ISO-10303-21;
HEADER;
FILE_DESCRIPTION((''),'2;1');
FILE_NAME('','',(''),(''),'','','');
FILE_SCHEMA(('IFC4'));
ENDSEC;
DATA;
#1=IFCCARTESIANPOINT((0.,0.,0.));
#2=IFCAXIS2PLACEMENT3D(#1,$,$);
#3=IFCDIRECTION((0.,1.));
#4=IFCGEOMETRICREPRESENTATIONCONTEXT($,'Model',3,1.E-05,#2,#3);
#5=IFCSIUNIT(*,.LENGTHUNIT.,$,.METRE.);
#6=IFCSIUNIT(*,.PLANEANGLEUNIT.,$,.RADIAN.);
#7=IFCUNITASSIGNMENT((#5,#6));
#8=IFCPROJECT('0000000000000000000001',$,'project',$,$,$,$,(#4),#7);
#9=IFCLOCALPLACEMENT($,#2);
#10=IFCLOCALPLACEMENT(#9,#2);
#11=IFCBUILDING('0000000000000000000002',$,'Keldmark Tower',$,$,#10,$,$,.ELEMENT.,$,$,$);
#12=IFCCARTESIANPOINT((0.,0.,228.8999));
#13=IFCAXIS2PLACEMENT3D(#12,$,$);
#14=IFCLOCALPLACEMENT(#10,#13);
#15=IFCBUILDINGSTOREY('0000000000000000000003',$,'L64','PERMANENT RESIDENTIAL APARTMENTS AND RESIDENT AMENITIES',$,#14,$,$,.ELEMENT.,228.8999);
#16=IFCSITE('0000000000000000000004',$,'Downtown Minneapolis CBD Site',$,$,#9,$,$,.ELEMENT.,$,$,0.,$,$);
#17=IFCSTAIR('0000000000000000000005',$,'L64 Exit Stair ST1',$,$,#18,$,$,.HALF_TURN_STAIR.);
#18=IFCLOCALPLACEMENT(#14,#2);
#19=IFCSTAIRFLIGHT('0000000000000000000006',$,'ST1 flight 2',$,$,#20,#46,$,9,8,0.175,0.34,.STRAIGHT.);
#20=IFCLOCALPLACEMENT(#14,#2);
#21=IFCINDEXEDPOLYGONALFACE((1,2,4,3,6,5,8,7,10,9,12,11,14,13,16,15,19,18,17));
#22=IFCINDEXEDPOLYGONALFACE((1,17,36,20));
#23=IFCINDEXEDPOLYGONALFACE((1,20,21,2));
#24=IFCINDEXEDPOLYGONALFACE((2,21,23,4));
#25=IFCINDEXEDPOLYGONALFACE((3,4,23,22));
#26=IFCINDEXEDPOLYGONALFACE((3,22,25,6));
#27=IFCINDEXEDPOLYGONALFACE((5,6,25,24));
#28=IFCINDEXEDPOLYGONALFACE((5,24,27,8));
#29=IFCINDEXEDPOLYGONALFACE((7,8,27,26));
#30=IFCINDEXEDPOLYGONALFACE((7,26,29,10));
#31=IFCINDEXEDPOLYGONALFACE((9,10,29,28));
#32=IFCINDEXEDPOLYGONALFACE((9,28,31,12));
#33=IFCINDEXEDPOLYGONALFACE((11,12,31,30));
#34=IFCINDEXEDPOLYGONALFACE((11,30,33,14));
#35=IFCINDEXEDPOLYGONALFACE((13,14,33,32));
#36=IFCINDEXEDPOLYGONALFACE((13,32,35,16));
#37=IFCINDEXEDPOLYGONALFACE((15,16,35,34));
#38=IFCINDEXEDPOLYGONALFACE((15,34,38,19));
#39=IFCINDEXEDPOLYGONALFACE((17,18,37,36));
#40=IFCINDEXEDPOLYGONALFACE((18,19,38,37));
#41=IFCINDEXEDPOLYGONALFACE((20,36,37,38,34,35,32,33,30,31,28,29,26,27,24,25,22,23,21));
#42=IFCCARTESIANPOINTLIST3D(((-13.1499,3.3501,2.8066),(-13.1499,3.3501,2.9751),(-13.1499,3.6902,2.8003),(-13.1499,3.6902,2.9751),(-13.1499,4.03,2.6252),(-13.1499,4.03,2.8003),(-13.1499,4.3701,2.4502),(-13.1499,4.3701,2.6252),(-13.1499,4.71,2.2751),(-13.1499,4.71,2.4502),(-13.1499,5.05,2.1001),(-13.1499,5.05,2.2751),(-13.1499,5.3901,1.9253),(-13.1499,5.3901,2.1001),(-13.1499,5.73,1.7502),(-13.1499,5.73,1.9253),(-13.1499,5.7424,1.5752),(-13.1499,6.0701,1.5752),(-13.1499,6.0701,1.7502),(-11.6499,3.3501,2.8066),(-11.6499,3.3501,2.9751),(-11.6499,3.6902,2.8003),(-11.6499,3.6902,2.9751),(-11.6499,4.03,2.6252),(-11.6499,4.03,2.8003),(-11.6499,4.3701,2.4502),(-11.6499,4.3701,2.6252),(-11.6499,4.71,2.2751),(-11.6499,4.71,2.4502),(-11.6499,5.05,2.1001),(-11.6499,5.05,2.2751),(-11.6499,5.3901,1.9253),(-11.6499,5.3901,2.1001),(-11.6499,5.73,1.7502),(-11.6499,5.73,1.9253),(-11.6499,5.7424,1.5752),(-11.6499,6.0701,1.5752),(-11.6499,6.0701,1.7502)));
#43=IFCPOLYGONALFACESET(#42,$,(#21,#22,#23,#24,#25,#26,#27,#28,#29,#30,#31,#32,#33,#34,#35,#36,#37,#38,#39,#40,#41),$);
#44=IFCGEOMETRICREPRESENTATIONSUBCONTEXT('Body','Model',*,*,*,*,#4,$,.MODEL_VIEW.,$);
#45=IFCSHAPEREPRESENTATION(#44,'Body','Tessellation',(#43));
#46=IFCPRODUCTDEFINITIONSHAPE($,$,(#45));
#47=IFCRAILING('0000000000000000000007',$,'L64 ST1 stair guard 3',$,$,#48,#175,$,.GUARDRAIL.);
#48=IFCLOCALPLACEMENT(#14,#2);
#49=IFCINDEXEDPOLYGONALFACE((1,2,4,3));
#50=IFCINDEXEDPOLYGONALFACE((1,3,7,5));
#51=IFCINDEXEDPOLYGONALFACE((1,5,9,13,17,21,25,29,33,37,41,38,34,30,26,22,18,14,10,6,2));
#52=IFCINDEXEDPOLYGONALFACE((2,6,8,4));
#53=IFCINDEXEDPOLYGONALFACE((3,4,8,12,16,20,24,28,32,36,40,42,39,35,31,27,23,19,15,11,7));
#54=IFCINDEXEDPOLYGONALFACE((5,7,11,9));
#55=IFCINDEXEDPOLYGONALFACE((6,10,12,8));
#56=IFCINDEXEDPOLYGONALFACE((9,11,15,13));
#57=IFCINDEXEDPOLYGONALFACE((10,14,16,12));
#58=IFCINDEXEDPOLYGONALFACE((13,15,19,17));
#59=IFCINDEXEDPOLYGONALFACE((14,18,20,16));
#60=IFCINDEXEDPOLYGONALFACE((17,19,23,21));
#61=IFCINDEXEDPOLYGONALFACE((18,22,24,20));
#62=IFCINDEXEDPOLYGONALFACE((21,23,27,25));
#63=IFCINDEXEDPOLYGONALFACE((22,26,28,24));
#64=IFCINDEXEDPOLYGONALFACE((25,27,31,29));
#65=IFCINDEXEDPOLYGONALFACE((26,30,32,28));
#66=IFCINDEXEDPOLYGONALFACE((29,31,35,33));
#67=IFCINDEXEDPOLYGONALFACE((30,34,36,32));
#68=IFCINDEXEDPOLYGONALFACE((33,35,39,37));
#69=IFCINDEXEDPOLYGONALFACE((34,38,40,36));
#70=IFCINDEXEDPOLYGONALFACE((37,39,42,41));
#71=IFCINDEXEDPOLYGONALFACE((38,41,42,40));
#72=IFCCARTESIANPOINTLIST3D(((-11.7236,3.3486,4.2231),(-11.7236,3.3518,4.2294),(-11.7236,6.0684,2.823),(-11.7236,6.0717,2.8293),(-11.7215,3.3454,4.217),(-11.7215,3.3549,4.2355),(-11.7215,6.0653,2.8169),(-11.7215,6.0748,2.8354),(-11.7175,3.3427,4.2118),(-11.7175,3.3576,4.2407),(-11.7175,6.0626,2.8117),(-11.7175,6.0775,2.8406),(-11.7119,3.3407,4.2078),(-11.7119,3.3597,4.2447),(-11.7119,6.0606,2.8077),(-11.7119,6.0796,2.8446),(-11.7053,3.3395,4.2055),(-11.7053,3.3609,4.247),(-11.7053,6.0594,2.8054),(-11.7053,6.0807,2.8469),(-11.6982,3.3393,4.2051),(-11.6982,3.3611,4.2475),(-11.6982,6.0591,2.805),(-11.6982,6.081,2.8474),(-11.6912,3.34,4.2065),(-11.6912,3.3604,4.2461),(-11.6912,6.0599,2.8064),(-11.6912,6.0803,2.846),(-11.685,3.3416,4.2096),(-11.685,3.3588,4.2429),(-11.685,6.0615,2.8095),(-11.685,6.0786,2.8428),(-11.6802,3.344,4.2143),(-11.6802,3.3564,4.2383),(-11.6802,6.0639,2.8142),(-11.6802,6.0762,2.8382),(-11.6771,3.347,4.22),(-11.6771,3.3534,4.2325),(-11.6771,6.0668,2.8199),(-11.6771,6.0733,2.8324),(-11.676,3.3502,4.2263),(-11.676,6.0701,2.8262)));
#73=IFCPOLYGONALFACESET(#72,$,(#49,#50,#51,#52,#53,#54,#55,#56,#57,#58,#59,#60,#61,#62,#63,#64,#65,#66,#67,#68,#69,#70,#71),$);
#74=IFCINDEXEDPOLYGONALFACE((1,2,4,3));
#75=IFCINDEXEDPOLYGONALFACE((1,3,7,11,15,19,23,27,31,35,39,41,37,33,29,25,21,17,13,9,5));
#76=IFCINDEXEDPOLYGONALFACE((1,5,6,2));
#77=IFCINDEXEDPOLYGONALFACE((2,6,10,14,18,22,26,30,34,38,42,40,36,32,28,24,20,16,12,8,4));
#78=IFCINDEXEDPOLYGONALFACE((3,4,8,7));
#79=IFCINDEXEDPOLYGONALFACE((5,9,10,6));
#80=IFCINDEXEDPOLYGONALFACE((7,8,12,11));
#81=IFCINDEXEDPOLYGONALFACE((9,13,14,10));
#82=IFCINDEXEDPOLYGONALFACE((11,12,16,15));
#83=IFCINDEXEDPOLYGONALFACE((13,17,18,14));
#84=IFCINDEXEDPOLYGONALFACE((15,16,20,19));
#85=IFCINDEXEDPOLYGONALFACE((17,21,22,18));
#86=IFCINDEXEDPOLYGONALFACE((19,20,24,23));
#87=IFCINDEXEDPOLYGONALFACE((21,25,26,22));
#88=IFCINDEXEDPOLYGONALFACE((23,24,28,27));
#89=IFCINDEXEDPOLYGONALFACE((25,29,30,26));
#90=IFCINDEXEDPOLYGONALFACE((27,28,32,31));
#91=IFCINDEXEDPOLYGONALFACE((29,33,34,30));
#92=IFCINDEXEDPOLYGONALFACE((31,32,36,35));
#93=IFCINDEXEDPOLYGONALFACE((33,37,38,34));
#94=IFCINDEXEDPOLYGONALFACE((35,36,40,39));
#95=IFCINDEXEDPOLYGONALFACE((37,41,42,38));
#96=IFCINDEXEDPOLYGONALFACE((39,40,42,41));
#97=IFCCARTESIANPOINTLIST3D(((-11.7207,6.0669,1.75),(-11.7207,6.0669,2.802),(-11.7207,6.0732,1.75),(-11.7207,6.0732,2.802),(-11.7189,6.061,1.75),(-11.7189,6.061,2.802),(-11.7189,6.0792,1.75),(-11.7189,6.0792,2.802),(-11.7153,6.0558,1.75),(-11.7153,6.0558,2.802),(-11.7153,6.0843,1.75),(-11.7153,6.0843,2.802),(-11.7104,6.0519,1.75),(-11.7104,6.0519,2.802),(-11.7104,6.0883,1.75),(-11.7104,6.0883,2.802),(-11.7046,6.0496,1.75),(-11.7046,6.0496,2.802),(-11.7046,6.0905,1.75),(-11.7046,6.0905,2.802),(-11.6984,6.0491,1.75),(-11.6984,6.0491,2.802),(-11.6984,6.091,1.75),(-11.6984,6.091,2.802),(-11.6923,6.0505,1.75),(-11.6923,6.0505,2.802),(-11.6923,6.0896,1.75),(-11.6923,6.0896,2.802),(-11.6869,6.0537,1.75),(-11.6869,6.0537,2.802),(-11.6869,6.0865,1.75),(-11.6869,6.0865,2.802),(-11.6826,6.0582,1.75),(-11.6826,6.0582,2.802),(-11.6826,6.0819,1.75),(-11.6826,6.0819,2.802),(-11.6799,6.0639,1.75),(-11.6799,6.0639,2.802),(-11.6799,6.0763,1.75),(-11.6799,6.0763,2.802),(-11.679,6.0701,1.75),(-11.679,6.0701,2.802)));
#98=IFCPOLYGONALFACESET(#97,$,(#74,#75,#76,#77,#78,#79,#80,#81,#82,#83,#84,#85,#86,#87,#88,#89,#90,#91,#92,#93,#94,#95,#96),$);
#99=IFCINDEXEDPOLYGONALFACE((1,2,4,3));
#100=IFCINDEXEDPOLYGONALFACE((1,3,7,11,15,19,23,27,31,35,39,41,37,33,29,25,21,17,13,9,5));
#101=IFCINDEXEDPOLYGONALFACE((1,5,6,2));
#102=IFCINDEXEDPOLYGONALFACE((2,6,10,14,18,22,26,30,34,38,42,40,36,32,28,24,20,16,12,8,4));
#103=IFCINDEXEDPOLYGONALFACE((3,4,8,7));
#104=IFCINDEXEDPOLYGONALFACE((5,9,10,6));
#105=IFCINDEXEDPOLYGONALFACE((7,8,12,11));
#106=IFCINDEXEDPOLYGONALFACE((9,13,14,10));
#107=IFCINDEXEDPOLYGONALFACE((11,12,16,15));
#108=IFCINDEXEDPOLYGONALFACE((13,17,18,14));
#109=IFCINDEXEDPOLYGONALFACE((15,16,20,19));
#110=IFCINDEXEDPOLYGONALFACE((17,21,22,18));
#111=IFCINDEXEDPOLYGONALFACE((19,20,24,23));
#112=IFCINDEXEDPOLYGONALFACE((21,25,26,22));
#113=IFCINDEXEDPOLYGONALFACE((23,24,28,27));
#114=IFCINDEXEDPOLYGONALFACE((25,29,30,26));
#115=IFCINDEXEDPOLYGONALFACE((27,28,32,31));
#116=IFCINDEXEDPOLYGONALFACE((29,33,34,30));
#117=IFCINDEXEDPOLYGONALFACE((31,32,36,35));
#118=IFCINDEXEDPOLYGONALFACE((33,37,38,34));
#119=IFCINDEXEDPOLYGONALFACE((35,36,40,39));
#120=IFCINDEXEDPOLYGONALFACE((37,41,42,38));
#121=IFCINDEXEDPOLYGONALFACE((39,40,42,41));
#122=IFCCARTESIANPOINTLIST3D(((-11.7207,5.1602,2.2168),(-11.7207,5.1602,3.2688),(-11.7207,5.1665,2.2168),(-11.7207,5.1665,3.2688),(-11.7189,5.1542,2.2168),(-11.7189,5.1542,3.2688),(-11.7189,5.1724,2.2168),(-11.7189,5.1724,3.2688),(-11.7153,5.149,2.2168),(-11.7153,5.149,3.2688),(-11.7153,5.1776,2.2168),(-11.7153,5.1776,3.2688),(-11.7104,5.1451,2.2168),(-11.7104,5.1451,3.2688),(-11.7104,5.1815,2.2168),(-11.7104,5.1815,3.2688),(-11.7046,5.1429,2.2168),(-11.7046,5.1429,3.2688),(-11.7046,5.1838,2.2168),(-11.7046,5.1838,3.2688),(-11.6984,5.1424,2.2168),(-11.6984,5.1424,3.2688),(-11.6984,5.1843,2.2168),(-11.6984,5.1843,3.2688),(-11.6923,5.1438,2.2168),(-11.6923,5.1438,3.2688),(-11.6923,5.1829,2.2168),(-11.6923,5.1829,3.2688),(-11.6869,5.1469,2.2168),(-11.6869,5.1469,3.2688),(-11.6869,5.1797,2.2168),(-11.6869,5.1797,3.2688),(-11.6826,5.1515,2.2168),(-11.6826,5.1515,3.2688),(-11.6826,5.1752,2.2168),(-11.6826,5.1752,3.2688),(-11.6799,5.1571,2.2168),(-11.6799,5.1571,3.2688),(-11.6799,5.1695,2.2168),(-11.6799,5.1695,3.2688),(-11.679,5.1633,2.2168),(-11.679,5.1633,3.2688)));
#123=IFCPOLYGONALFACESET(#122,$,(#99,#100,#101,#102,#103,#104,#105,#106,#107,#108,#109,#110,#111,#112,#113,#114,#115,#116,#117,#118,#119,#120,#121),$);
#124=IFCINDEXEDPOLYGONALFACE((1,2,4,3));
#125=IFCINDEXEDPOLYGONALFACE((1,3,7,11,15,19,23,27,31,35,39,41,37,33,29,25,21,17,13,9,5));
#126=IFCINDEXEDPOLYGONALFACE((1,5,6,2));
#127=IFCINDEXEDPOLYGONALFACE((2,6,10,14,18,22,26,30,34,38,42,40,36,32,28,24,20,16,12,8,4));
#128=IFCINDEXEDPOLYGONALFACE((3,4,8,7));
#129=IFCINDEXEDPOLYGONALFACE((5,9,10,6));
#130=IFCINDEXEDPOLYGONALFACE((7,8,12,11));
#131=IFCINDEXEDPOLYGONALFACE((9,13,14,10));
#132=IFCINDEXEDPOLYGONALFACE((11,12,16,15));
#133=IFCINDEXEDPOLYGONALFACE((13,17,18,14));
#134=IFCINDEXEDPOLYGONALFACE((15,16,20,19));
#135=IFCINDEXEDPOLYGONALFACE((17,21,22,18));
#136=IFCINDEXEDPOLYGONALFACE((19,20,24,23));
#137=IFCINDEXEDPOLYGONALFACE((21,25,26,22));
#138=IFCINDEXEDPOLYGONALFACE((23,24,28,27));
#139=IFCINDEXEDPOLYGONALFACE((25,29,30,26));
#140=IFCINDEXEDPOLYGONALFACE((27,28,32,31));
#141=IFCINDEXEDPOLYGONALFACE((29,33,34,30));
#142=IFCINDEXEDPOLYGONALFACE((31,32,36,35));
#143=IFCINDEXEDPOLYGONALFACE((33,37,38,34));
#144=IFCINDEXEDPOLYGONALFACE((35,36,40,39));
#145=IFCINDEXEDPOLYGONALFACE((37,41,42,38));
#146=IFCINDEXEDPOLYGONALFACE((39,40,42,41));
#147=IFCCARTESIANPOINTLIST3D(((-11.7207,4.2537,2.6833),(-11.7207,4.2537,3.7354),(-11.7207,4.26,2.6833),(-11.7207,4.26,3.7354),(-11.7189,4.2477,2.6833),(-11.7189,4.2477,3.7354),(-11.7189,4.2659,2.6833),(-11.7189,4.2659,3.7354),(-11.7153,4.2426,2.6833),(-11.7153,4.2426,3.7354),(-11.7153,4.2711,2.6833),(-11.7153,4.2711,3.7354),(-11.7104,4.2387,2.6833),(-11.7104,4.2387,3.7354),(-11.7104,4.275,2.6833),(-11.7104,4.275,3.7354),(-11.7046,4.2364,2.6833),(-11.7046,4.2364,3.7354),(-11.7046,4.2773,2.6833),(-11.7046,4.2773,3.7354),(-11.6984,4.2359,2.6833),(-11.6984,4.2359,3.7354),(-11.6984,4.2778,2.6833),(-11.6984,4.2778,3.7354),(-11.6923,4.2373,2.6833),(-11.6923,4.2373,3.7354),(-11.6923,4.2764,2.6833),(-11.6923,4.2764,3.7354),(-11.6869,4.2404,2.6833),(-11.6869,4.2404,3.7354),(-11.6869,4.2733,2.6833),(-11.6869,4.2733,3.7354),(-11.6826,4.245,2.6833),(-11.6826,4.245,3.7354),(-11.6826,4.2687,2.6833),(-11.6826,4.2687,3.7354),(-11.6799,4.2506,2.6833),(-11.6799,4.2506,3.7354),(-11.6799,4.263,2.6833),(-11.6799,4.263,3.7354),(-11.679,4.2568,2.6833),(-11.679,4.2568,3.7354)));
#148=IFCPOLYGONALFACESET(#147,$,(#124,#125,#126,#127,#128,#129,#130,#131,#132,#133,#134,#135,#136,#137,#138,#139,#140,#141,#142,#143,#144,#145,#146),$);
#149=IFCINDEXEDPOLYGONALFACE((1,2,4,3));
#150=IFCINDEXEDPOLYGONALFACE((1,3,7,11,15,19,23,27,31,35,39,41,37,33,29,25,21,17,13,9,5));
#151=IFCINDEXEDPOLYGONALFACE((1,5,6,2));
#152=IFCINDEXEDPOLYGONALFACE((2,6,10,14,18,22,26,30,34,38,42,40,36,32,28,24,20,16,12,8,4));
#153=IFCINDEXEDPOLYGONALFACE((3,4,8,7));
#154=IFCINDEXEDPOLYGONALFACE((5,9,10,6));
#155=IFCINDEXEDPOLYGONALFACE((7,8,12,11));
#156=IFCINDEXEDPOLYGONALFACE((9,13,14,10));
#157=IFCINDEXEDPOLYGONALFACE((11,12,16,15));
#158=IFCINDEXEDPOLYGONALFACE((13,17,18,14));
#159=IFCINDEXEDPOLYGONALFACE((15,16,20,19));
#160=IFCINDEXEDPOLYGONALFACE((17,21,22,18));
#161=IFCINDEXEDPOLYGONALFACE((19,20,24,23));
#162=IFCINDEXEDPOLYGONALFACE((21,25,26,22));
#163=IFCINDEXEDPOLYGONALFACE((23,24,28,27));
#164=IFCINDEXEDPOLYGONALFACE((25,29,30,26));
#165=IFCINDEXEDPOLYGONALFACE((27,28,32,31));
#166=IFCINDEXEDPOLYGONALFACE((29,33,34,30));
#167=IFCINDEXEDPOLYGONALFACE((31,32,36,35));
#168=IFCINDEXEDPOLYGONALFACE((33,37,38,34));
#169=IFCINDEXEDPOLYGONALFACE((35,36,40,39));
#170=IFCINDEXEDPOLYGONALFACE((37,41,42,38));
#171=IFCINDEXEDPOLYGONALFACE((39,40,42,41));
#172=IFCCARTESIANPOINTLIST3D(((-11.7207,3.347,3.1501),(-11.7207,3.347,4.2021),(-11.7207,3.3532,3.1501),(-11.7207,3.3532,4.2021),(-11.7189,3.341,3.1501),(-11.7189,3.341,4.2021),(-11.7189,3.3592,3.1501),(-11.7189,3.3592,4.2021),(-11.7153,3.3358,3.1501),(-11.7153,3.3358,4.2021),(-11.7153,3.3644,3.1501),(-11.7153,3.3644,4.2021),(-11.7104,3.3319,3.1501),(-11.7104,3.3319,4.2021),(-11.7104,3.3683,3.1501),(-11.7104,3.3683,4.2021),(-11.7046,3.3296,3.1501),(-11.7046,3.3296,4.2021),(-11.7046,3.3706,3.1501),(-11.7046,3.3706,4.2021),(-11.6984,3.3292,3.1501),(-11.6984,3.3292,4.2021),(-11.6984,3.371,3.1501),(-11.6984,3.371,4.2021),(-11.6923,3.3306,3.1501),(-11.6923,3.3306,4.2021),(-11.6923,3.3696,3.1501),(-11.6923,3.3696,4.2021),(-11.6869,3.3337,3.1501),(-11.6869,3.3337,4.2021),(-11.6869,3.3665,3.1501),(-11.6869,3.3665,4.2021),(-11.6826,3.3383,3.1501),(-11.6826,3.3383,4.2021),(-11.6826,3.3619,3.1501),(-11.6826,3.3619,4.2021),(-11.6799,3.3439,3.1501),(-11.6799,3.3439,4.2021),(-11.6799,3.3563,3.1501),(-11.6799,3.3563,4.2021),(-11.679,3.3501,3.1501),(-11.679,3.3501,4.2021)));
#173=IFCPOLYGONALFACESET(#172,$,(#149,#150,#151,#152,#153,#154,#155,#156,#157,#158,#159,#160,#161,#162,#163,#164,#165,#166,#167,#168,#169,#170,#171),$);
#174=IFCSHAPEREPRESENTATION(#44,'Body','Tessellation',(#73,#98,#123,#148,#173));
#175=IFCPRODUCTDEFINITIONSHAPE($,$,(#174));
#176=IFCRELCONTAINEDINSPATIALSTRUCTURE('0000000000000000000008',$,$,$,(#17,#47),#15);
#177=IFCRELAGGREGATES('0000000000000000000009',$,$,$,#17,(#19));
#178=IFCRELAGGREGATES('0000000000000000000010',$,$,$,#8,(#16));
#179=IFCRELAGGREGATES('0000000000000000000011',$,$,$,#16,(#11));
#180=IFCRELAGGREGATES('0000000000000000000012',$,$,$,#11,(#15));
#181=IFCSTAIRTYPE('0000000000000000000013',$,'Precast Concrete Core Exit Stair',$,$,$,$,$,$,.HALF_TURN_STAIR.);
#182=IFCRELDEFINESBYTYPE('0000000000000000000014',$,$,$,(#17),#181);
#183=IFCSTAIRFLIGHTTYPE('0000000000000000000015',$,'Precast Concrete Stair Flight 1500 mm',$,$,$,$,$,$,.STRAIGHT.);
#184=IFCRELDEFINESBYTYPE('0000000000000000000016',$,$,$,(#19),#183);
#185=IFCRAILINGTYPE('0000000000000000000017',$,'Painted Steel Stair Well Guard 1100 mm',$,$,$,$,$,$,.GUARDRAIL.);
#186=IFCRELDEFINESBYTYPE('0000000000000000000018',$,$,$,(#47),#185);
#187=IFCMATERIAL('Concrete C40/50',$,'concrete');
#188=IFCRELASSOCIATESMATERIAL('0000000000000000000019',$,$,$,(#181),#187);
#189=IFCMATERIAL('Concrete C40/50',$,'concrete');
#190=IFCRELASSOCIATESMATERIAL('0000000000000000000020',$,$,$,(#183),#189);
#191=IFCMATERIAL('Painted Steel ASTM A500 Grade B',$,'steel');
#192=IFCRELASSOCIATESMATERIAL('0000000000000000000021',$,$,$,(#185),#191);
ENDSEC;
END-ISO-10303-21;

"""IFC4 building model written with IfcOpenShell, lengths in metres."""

from ifc_helpers import new_model, si_unit, direction, frame, origin, origin_2d, place, context, subcontext, project, spatial, polyline, circle, outline, extrude, material, type_object, element, aggregate, save


model = new_model("IFC4")

# Units and contexts
model_context = context("Model", 3, precision=1e-05, world=origin(), true_north=direction((0.0, 1.0)))
body_context = subcontext(model_context, "Body", "Model", "MODEL_VIEW")
ifc_project = project(units=[si_unit("LENGTHUNIT", "METRE"), si_unit("PLANEANGLEUNIT", "RADIAN")], contexts=[model_context])

# Site, building, storey
site_placement = place(None, origin())
site = spatial("IfcSite", under=ifc_project, at=site_placement, Name="Downtown Minneapolis CBD Site", CompositionType="ELEMENT", RefElevation=0.0)
building_placement = place(site_placement, origin())
building = spatial("IfcBuilding", under=site, at=building_placement, Name="Keldmark Tower", CompositionType="ELEMENT")
storey_placement = place(building_placement, frame((0.0, 0.0, 228.8999)))
storey = spatial("IfcBuildingStorey", under=building, at=storey_placement, Name="L64", Description="PERMANENT RESIDENTIAL APARTMENTS AND RESIDENT AMENITIES", CompositionType="ELEMENT", Elevation=228.8999)

# Stair, stair flight
ifc_material_1 = material(Name="Concrete C40/50", Category="concrete")
stair_type = type_object("IfcStairType", Name="Precast Concrete Core Exit Stair", PredefinedType="HALF_TURN_STAIR", material=ifc_material_1)
stair_placement = place(storey_placement, origin())
stair = element("IfcStair", 1, at=stair_placement, inside=storey, type_object=stair_type, Name="L64 Exit Stair ST1", PredefinedType="HALF_TURN_STAIR")
ifc_material_2 = material(Name="Concrete C40/50", Category="concrete")
stair_flight_type = type_object("IfcStairFlightType", Name="Precast Concrete Stair Flight 1500 mm", PredefinedType="STRAIGHT", material=ifc_material_2)
stair_flight_placement = place(storey_placement, frame((-12.3999, 6.0701, 1.5752), z_axis=(0.0, 0.0, 1.0), x_axis=(0.0, -1.0, 0.0)))
stair_flight = element("IfcStairFlight", 2, at=stair_flight_placement, type_object=stair_flight_type, Name="ST1 flight 2", NumberOfRisers=9, NumberOfTreads=8, PredefinedType="STRAIGHT", RiserHeight=0.175, TreadLength=0.34, context=body_context, shape_type="SweptSolid", body=[
    extrude(outline(polyline([(0.0, 0.0), (0.0, 0.175), (0.3401, 0.175), (0.3401, 0.3501), (0.6799, 0.3501), (0.6799, 0.5249), (1.02, 0.5249), (1.02, 0.7), (1.3601, 0.7), (1.3601, 0.875), (1.7, 0.875), (1.7, 1.05), (2.04, 1.05), (2.04, 1.2251), (2.3799, 1.2251), (2.3799, 1.3999), (2.72, 1.3999), (2.72, 1.575), (2.72, 1.2314), (0.3276, 0.0), (0.0, 0.0)])), frame((0.0, 0.75, 0.0), z_axis=(0.0, -1.0, 0.0), x_axis=(1.0, 0.0, 0.0)), (0.0, 0.0, 1.0), 1.5),
])
aggregate(stair, [stair_flight])

# Railing
ifc_material_3 = material(Name="Painted Steel ASTM A500 Grade B", Category="steel")
railing_type_1 = type_object("IfcRailingType", Name="Painted Steel Stair Well Guard 1100 mm", PredefinedType="GUARDRAIL", material=ifc_material_3)
railing_1_placement = place(storey_placement, frame((-11.7, 6.0701, 1.75)))
element("IfcRailing", 3, at=railing_1_placement, inside=storey, type_object=railing_type_1, Name="L64 ST1 stair guard 3", PredefinedType="GUARDRAIL", context=body_context, shape_type="SweptSolid", body=[
    extrude(circle(Radius=0.0239, at=origin_2d()), frame((0.0, 0.0, 1.0762), z_axis=(0.0, -0.889114, 0.457685), x_axis=(1.0, 0.0, 0.0)), (0.0, 0.0, 1.0), 3.0591),
    extrude(circle(Radius=0.021, at=origin_2d()), origin(), (0.0, 0.0, 1.0), 1.052),
    extrude(circle(Radius=0.021, at=origin_2d()), frame((0.0, -0.9067, 0.4668)), (0.0, 0.0, 1.0), 1.052),
    extrude(circle(Radius=0.021, at=origin_2d()), frame((0.0, -1.8132, 0.9333)), (0.0, 0.0, 1.0), 1.052),
    extrude(circle(Radius=0.021, at=origin_2d()), frame((0.0, -2.72, 1.4001)), (0.0, 0.0, 1.0), 1.052),
])

save(model, "model.ifc")
